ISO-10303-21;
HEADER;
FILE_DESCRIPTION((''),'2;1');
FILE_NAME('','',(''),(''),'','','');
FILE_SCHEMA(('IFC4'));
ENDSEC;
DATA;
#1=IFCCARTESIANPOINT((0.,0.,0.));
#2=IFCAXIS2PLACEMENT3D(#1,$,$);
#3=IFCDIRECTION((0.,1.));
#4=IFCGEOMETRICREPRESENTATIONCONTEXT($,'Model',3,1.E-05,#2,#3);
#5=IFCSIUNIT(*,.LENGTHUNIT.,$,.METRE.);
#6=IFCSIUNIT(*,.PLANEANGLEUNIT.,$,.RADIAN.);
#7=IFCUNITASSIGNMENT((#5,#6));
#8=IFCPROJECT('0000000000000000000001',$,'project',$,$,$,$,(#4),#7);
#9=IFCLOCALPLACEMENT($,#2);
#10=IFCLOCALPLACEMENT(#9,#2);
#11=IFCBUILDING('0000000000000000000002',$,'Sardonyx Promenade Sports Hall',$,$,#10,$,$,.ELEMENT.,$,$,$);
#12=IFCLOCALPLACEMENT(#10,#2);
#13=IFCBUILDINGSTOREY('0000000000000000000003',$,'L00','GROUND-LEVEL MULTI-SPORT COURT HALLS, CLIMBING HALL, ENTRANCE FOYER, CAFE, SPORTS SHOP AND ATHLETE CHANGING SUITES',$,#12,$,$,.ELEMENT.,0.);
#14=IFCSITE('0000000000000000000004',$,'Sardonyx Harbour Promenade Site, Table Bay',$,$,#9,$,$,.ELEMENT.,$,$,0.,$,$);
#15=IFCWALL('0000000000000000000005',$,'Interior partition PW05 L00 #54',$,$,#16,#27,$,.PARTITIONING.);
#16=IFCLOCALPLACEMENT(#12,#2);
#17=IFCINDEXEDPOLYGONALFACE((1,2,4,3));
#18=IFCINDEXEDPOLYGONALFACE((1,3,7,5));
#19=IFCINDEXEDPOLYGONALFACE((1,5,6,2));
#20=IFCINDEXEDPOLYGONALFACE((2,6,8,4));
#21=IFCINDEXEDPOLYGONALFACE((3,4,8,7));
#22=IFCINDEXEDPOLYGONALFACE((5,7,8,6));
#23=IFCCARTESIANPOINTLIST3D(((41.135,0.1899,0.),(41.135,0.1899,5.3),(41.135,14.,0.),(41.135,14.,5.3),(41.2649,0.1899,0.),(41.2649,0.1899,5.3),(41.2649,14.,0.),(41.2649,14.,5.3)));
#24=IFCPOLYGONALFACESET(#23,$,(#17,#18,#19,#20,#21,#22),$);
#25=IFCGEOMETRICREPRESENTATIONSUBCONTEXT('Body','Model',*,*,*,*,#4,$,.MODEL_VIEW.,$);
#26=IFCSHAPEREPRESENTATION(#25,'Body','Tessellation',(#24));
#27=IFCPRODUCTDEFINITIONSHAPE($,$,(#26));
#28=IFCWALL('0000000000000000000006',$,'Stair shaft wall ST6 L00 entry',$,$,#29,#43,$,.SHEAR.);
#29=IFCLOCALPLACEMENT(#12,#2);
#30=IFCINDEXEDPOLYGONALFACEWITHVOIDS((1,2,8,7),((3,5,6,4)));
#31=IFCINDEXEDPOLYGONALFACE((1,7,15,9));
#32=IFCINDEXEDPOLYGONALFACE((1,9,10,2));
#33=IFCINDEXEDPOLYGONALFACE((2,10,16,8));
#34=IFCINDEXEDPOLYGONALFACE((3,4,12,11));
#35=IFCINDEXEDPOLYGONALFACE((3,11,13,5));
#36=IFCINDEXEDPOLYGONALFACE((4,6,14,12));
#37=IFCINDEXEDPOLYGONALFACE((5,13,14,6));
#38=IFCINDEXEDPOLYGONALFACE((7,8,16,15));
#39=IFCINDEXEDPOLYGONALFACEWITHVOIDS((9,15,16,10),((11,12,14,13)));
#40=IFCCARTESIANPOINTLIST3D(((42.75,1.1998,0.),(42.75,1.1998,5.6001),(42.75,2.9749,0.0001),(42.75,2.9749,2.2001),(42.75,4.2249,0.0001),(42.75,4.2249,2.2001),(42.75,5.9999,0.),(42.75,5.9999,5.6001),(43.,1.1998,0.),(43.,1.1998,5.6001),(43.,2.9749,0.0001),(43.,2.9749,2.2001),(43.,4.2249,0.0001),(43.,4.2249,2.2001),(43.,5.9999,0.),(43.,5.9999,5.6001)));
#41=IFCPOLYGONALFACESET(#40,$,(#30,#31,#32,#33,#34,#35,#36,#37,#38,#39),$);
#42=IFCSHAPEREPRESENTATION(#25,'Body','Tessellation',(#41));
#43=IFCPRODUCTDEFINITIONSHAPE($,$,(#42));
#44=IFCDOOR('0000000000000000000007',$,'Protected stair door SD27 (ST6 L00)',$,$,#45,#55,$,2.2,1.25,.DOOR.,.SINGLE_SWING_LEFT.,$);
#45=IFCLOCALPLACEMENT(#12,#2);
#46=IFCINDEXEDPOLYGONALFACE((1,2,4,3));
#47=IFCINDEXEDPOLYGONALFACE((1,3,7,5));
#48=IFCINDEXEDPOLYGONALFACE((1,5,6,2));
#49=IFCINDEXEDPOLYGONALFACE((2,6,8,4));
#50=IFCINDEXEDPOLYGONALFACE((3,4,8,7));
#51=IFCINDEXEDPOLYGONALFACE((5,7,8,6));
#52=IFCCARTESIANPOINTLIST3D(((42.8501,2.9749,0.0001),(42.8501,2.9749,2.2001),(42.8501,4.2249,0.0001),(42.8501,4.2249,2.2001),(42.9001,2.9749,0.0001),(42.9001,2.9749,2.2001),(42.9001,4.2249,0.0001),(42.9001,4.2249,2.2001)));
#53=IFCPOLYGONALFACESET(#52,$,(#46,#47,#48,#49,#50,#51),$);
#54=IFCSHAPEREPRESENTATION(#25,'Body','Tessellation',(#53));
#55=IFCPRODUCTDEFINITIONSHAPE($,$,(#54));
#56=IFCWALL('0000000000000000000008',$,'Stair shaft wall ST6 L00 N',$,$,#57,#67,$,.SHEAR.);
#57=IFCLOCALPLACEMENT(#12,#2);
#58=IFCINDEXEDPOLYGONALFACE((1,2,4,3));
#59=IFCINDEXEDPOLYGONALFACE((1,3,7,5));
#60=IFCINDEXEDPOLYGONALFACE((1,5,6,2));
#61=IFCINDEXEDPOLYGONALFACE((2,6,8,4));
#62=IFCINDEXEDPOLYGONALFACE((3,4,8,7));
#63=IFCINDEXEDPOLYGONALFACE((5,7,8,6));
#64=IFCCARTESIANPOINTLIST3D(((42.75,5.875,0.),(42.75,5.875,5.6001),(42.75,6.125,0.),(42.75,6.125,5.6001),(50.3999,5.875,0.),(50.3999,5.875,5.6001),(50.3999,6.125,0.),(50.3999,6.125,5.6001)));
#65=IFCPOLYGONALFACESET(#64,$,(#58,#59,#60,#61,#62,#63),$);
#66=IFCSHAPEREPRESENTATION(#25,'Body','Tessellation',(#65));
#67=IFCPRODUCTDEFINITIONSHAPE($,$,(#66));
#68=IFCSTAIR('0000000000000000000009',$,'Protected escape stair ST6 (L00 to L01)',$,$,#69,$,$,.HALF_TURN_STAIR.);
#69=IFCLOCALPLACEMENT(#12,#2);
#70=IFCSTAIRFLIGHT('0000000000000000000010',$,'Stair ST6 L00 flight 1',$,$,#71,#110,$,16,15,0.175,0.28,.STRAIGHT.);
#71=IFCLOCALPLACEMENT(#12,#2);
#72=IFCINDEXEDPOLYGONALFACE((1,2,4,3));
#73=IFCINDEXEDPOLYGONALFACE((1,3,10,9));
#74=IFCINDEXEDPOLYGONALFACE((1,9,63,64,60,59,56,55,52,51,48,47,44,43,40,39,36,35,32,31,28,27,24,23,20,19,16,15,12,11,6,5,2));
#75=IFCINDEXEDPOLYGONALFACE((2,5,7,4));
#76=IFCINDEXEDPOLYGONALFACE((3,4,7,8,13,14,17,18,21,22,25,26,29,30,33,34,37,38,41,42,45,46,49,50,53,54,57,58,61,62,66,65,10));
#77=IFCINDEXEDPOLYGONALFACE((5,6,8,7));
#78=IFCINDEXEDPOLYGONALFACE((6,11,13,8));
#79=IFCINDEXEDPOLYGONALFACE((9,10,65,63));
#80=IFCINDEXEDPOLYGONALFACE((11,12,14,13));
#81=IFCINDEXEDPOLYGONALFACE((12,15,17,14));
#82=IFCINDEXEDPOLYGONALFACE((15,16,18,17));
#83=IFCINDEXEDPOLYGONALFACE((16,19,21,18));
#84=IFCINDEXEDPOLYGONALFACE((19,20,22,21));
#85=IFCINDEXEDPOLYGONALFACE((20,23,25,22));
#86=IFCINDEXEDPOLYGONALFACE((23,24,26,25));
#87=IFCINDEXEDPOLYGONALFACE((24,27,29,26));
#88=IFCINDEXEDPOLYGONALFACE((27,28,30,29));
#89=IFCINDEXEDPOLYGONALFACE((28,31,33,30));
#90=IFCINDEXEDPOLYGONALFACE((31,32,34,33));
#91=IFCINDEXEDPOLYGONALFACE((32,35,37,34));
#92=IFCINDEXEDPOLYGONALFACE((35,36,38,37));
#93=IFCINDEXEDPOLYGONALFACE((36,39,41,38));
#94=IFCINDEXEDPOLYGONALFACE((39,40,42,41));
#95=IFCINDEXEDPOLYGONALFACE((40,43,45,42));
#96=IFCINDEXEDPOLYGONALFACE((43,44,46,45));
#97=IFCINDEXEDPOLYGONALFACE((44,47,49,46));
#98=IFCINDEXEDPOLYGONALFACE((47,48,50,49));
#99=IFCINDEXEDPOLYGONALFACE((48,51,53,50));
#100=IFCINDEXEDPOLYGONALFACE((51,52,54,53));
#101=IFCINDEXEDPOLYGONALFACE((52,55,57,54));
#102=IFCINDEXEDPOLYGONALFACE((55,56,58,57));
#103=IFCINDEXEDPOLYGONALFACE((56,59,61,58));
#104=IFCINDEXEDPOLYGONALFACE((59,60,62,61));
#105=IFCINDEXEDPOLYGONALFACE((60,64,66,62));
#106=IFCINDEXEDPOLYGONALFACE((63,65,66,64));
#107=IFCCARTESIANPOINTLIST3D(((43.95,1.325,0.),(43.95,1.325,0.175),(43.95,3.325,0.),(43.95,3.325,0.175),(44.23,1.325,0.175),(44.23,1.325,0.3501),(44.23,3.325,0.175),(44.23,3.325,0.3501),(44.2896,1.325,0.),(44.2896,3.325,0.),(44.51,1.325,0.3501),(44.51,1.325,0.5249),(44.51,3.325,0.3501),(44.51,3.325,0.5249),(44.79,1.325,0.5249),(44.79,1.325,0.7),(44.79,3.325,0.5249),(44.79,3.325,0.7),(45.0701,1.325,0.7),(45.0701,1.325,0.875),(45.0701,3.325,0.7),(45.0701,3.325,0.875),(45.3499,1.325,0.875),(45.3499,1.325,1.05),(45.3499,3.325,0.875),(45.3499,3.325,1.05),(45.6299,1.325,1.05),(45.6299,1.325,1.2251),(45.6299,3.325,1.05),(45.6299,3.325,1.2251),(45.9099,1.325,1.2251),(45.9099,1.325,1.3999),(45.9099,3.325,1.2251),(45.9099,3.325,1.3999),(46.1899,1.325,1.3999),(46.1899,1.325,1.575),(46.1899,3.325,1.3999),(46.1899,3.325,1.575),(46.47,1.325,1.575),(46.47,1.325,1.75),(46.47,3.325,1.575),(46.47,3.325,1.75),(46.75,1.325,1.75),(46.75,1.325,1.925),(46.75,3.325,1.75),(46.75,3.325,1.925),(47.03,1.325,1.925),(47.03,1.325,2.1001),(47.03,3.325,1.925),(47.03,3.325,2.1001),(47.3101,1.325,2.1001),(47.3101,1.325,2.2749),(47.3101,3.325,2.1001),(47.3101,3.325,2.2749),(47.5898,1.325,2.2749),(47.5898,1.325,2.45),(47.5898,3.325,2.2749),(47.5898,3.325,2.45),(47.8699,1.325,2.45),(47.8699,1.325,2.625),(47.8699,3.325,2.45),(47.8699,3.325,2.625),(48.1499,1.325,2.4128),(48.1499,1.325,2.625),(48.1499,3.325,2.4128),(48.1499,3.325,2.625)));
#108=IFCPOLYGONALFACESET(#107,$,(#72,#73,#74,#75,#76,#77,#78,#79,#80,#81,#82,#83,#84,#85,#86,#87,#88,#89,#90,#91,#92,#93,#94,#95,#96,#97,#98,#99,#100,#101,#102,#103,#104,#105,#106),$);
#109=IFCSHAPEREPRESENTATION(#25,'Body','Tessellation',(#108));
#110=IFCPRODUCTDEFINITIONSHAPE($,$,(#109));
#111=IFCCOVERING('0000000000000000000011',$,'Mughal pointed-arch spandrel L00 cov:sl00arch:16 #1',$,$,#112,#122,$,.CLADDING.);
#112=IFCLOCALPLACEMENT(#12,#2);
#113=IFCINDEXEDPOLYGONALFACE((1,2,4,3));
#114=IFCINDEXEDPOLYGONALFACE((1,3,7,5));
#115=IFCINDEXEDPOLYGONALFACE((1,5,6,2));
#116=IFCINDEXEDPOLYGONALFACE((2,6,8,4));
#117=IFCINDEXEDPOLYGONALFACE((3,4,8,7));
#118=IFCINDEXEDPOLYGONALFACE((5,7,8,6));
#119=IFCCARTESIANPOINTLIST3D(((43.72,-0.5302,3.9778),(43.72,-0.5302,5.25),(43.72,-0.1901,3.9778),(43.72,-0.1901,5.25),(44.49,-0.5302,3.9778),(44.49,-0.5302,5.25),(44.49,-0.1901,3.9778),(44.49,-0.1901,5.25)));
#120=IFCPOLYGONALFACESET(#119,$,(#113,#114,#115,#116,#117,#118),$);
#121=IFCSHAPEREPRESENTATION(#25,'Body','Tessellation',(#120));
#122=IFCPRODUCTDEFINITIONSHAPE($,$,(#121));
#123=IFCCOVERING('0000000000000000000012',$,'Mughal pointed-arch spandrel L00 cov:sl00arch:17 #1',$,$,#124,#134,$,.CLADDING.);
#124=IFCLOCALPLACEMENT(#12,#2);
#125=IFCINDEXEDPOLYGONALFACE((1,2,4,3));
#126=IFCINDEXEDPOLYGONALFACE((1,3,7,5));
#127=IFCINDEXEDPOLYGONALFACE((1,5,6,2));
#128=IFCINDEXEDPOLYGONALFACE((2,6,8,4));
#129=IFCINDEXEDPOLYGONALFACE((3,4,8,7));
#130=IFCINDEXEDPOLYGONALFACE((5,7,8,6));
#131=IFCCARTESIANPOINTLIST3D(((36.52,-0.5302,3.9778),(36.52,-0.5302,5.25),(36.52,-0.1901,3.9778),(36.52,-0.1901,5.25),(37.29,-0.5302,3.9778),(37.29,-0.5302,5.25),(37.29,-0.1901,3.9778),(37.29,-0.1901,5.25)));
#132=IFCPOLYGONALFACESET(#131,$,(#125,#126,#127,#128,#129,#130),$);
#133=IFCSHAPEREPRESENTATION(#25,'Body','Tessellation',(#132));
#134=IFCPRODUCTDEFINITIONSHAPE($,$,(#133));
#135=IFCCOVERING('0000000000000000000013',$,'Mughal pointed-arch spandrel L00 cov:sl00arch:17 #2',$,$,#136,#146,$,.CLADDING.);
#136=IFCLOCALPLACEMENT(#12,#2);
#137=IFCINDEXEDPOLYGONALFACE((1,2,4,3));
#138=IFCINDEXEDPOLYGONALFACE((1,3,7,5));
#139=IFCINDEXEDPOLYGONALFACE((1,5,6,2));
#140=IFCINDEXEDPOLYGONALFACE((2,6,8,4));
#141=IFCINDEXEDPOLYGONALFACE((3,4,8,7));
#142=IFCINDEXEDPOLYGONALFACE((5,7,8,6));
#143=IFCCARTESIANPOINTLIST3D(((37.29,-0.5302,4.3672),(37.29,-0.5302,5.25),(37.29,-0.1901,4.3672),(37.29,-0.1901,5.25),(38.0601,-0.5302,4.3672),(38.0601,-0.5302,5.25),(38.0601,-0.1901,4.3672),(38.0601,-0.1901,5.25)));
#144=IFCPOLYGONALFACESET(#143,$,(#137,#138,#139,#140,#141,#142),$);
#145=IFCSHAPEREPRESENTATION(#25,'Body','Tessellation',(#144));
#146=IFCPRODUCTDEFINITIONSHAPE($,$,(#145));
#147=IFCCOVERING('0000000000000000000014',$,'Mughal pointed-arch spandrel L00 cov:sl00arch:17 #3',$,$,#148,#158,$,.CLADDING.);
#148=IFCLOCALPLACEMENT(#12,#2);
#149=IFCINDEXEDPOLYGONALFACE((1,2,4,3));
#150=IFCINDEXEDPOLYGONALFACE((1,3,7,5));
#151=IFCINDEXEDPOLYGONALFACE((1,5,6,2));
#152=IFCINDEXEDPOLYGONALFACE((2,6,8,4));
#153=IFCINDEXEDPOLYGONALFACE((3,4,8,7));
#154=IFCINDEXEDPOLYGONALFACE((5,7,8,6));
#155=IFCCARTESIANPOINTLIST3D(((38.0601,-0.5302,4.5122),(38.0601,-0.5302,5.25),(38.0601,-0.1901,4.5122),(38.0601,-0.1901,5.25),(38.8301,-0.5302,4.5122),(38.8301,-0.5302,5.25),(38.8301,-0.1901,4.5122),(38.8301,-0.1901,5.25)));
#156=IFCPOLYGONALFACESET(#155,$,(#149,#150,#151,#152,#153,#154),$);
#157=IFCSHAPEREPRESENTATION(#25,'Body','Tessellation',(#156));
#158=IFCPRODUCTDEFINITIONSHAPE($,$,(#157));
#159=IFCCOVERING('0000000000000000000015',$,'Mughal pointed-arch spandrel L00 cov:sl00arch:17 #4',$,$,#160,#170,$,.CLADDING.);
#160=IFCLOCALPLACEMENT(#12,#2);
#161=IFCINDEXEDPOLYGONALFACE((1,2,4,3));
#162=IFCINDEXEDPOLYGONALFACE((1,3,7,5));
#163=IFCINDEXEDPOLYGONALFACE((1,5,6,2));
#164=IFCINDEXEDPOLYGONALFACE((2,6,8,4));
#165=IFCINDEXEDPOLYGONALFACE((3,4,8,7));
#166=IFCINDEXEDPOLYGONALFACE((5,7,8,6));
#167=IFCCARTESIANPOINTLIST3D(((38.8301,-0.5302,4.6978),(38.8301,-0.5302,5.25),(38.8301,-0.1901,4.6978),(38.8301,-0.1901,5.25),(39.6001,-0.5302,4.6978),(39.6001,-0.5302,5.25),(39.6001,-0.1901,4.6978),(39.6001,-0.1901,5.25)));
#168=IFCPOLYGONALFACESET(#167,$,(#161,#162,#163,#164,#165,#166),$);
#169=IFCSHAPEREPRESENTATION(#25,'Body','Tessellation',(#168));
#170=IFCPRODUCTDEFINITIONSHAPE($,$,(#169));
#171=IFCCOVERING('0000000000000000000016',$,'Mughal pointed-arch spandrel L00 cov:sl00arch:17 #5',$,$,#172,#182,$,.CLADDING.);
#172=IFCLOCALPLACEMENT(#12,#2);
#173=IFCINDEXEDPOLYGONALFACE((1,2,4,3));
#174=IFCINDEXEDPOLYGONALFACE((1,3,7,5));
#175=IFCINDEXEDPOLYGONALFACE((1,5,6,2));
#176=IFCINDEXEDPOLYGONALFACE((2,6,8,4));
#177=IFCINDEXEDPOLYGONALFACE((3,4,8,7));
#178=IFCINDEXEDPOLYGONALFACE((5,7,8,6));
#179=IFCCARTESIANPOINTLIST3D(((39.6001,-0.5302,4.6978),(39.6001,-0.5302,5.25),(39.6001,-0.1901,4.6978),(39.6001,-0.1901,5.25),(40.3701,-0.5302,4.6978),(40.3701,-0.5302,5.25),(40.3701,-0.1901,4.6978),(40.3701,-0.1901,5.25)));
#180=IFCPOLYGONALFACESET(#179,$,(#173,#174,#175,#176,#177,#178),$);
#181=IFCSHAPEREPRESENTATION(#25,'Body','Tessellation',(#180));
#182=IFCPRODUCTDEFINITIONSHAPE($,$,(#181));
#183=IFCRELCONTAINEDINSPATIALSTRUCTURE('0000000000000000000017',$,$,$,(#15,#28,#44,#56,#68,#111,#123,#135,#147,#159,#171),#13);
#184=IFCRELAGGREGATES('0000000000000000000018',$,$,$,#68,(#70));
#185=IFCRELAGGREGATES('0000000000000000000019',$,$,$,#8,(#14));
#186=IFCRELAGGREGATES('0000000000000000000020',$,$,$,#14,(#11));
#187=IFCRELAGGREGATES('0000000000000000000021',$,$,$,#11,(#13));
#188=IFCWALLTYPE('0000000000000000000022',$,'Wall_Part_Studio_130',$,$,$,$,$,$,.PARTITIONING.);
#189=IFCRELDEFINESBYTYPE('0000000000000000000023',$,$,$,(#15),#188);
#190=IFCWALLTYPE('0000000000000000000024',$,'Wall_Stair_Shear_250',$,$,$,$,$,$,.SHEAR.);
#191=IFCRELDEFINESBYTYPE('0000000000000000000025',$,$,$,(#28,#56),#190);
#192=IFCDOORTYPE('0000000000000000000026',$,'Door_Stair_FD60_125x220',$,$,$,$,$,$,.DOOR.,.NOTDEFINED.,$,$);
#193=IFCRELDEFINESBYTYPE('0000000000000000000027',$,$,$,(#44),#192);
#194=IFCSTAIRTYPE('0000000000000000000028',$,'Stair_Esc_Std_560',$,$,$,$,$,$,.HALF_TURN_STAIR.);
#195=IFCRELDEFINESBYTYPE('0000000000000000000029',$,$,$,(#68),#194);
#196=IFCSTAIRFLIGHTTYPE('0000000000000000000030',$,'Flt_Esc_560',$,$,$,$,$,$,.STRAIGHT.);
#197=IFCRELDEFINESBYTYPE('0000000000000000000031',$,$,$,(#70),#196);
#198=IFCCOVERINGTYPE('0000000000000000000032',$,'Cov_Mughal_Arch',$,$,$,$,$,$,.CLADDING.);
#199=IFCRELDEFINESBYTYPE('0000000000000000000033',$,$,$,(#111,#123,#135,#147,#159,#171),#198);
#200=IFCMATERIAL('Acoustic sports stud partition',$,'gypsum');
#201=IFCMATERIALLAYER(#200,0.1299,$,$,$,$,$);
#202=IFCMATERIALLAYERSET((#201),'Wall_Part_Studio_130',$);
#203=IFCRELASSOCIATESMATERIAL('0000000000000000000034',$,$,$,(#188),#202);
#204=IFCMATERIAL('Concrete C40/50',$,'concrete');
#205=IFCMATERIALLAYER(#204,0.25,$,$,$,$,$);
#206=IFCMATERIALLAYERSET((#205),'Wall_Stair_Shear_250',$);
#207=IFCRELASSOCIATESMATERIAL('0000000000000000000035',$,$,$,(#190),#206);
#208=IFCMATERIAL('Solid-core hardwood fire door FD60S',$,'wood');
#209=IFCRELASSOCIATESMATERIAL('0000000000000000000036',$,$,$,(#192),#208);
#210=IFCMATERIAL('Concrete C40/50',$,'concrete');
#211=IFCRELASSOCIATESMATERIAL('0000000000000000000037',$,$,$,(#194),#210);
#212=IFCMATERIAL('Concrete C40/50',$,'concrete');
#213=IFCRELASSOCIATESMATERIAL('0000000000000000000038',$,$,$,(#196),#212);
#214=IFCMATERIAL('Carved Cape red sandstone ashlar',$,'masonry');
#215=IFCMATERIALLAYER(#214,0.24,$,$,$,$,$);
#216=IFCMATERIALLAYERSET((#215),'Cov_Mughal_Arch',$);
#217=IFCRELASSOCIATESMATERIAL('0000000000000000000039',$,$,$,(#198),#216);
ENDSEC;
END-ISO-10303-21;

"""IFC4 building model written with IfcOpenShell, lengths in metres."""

from ifc_helpers import new_model, si_unit, direction, frame, frame_2d, origin, place, context, subcontext, project, spatial, polyline, rectangle, outline, extrude, material, layer, layer_set, type_object, element, fill, aggregate, save


model = new_model("IFC4")

# Units and contexts
model_context = context("Model", 3, precision=1e-05, world=origin(), true_north=direction((0.0, 1.0)))
body_context = subcontext(model_context, "Body", "Model", "MODEL_VIEW")
ifc_project = project(units=[si_unit("LENGTHUNIT", "METRE"), si_unit("PLANEANGLEUNIT", "RADIAN")], contexts=[model_context])

# Site, building, storey
site_placement = place(None, origin())
site = spatial("IfcSite", under=ifc_project, at=site_placement, Name="Sardonyx Harbour Promenade Site, Table Bay", CompositionType="ELEMENT", RefElevation=0.0)
building_placement = place(site_placement, origin())
building = spatial("IfcBuilding", under=site, at=building_placement, Name="Sardonyx Promenade Sports Hall", CompositionType="ELEMENT")
storey_placement = place(building_placement, origin())
storey = spatial("IfcBuildingStorey", under=building, at=storey_placement, Name="L00", Description="GROUND-LEVEL MULTI-SPORT COURT HALLS, CLIMBING HALL, ENTRANCE FOYER, CAFE, SPORTS SHOP AND ATHLETE CHANGING SUITES", CompositionType="ELEMENT", Elevation=0.0)

# Wall
ifc_material_1 = material(Name="Acoustic sports stud partition", Category="gypsum")
ifc_layer_1 = layer(ifc_material_1, 0.1299)
ifc_layer_set_1 = layer_set([ifc_layer_1], Name="Wall_Part_Studio_130")
wall_type_1 = type_object("IfcWallType", Name="Wall_Part_Studio_130", PredefinedType="PARTITIONING", material=ifc_layer_set_1)
wall_1_placement = place(storey_placement, frame((41.2, 0.1899, 0.0), z_axis=(0.0, 0.0, 1.0), x_axis=(0.0, 1.0, 0.0)))
element("IfcWall", 1, at=wall_1_placement, inside=storey, type_object=wall_type_1, Name="Interior partition PW05 L00 #54", PredefinedType="PARTITIONING", context=body_context, shape_type="SweptSolid", body=[
    extrude(rectangle(XDim=13.8101, YDim=0.1299, at=frame_2d((6.905, 0.0))), origin(), (0.0, 0.0, 1.0), 5.3),
])

# Wall, opening, door
ifc_material_2 = material(Name="Concrete C40/50", Category="concrete")
ifc_layer_2 = layer(ifc_material_2, 0.25)
ifc_layer_set_2 = layer_set([ifc_layer_2], Name="Wall_Stair_Shear_250")
wall_type_2 = type_object("IfcWallType", Name="Wall_Stair_Shear_250", PredefinedType="SHEAR", material=ifc_layer_set_2)
wall_2_placement = place(storey_placement, frame((42.875, 1.2, 0.0), z_axis=(0.0, 0.0, 1.0), x_axis=(0.0, 1.0, 0.0)))
wall_2 = element("IfcWall", 2, at=wall_2_placement, inside=storey, type_object=wall_type_2, Name="Stair shaft wall ST6 L00 entry", PredefinedType="SHEAR", context=body_context, shape_type="SweptSolid", body=[
    extrude(rectangle(XDim=4.8, YDim=0.25, at=frame_2d((2.3999, 0.0))), origin(), (0.0, 0.0, 1.0), 5.6001),
])
opening_1_placement = place(wall_2_placement, frame((1.7749, 0.0, 0.0)))
opening_1 = element("IfcOpeningElement", 3, at=opening_1_placement, cuts=wall_2, PredefinedType="OPENING", context=body_context, shape_type="SweptSolid", body=[
    extrude(rectangle(XDim=1.25, YDim=2.2, at=frame_2d((0.625, 1.1001))), frame((0.0, 0.135, 0.0), z_axis=(0.0, -1.0, 0.0), x_axis=(1.0, 0.0, 0.0)), (0.0, 0.0, 1.0), 0.27),
])
ifc_material_3 = material(Name="Solid-core hardwood fire door FD60S", Category="wood")
door_type_1 = type_object("IfcDoorType", Name="Door_Stair_FD60_125x220", OperationType="NOTDEFINED", PredefinedType="DOOR", material=ifc_material_3)
door_1_placement = place(opening_1_placement, origin())
door_1 = element("IfcDoor", 4, at=door_1_placement, inside=storey, type_object=door_type_1, Name="Protected stair door SD27 (ST6 L00)", OperationType="SINGLE_SWING_LEFT", OverallHeight=2.2, OverallWidth=1.25, PredefinedType="DOOR", context=body_context, shape_type="SweptSolid", body=[
    extrude(rectangle(XDim=1.25, YDim=2.2, at=frame_2d((0.625, 1.1001))), frame((0.0, 0.0249, 0.0), z_axis=(0.0, -1.0, 0.0), x_axis=(1.0, 0.0, 0.0)), (0.0, 0.0, 1.0), 0.05),
])
fill(opening_1, door_1)

# Wall
wall_3_placement = place(storey_placement, frame((42.75, 6.0, 0.0), z_axis=(0.0, 0.0, 1.0), x_axis=(1.0, 0.0, 0.0)))
element("IfcWall", 5, at=wall_3_placement, inside=storey, type_object=wall_type_2, Name="Stair shaft wall ST6 L00 N", PredefinedType="SHEAR", context=body_context, shape_type="SweptSolid", body=[
    extrude(rectangle(XDim=7.6499, YDim=0.25, at=frame_2d((3.825, 0.0))), origin(), (0.0, 0.0, 1.0), 5.6001),
])

# Stair, stair flight
ifc_material_4 = material(Name="Concrete C40/50", Category="concrete")
stair_type = type_object("IfcStairType", Name="Stair_Esc_Std_560", PredefinedType="HALF_TURN_STAIR", material=ifc_material_4)
stair_placement = place(storey_placement, origin())
stair = element("IfcStair", 6, at=stair_placement, inside=storey, type_object=stair_type, Name="Protected escape stair ST6 (L00 to L01)", PredefinedType="HALF_TURN_STAIR")
ifc_material_5 = material(Name="Concrete C40/50", Category="concrete")
stair_flight_type = type_object("IfcStairFlightType", Name="Flt_Esc_560", PredefinedType="STRAIGHT", material=ifc_material_5)
stair_flight_placement = place(storey_placement, frame((43.95, 2.325, 0.0), z_axis=(0.0, 0.0, 1.0), x_axis=(1.0, 0.0, 0.0)))
stair_flight = element("IfcStairFlight", 7, at=stair_flight_placement, type_object=stair_flight_type, Name="Stair ST6 L00 flight 1", NumberOfRisers=16, NumberOfTreads=15, PredefinedType="STRAIGHT", RiserHeight=0.175, TreadLength=0.28, context=body_context, shape_type="SweptSolid", body=[
    extrude(outline(polyline([(0.0, 0.0), (0.0, 0.175), (0.28, 0.175), (0.28, 0.3501), (0.5601, 0.3501), (0.5601, 0.5249), (0.8401, 0.5249), (0.8401, 0.7), (1.1201, 0.7), (1.1201, 0.875), (1.3999, 0.875), (1.3999, 1.05), (1.6799, 1.05), (1.6799, 1.2251), (1.96, 1.2251), (1.96, 1.3999), (2.24, 1.3999), (2.24, 1.575), (2.52, 1.575), (2.52, 1.75), (2.8, 1.75), (2.8, 1.925), (3.0801, 1.925), (3.0801, 2.1001), (3.3601, 2.1001), (3.3601, 2.2749), (3.6399, 2.2749), (3.6399, 2.45), (3.9199, 2.45), (3.9199, 2.625), (4.2, 2.625), (4.2, 2.8), (4.2, 2.4128), (0.3396, 0.0), (0.0, 0.0)])), frame((0.0, 1.0, 0.0), z_axis=(0.0, -1.0, 0.0), x_axis=(1.0, 0.0, 0.0)), (0.0, 0.0, 1.0), 2.0),
])
aggregate(stair, [stair_flight])

# Coverings
ifc_material_6 = material(Name="Carved Cape red sandstone ashlar", Category="masonry")
ifc_layer_3 = layer(ifc_material_6, 0.24)
ifc_layer_set_3 = layer_set([ifc_layer_3], Name="Cov_Mughal_Arch")
covering_type = type_object("IfcCoveringType", Name="Cov_Mughal_Arch", PredefinedType="CLADDING", material=ifc_layer_set_3)
for number, where, z_axis, x_axis, name in (
    (8, (43.72, -0.3601, 3.9778), (0.0, 0.0, 1.0), (1.0, 0.0, 0.0), "Mughal pointed-arch spandrel L00 cov:sl00arch:16 #1"),
    (9, (36.52, -0.3601, 3.9778), (0.0, 0.0, 1.0), (1.0, 0.0, 0.0), "Mughal pointed-arch spandrel L00 cov:sl00arch:17 #1"),
):
    element("IfcCovering", number, at=place(storey_placement, frame(where, z_axis=z_axis, x_axis=x_axis)), inside=storey, type_object=covering_type, Name=name, PredefinedType="CLADDING", context=body_context, shape_type="SweptSolid", body=[
        extrude(rectangle(XDim=0.77, YDim=0.3401, at=frame_2d((0.385, 0.0))), origin(), (0.0, 0.0, 1.0), 1.2722),
    ])
covering_1_placement = place(storey_placement, frame((37.29, -0.3601, 4.3672), z_axis=(0.0, 0.0, 1.0), x_axis=(1.0, 0.0, 0.0)))
element("IfcCovering", 10, at=covering_1_placement, inside=storey, type_object=covering_type, Name="Mughal pointed-arch spandrel L00 cov:sl00arch:17 #2", PredefinedType="CLADDING", context=body_context, shape_type="SweptSolid", body=[
    extrude(rectangle(XDim=0.77, YDim=0.3401, at=frame_2d((0.385, 0.0))), origin(), (0.0, 0.0, 1.0), 0.8828),
])
covering_2_placement = place(storey_placement, frame((38.0601, -0.3601, 4.5122), z_axis=(0.0, 0.0, 1.0), x_axis=(1.0, 0.0, 0.0)))
element("IfcCovering", 11, at=covering_2_placement, inside=storey, type_object=covering_type, Name="Mughal pointed-arch spandrel L00 cov:sl00arch:17 #3", PredefinedType="CLADDING", context=body_context, shape_type="SweptSolid", body=[
    extrude(rectangle(XDim=0.77, YDim=0.3401, at=frame_2d((0.385, 0.0))), origin(), (0.0, 0.0, 1.0), 0.7378),
])
for number, where, z_axis, x_axis, name in (
    (12, (38.8301, -0.3601, 4.6978), (0.0, 0.0, 1.0), (1.0, 0.0, 0.0), "Mughal pointed-arch spandrel L00 cov:sl00arch:17 #4"),
    (13, (39.6001, -0.3601, 4.6978), (0.0, 0.0, 1.0), (1.0, 0.0, 0.0), "Mughal pointed-arch spandrel L00 cov:sl00arch:17 #5"),
):
    element("IfcCovering", number, at=place(storey_placement, frame(where, z_axis=z_axis, x_axis=x_axis)), inside=storey, type_object=covering_type, Name=name, PredefinedType="CLADDING", context=body_context, shape_type="SweptSolid", body=[
        extrude(rectangle(XDim=0.77, YDim=0.3401, at=frame_2d((0.385, 0.0))), origin(), (0.0, 0.0, 1.0), 0.5522),
    ])

save(model, "model.ifc")
